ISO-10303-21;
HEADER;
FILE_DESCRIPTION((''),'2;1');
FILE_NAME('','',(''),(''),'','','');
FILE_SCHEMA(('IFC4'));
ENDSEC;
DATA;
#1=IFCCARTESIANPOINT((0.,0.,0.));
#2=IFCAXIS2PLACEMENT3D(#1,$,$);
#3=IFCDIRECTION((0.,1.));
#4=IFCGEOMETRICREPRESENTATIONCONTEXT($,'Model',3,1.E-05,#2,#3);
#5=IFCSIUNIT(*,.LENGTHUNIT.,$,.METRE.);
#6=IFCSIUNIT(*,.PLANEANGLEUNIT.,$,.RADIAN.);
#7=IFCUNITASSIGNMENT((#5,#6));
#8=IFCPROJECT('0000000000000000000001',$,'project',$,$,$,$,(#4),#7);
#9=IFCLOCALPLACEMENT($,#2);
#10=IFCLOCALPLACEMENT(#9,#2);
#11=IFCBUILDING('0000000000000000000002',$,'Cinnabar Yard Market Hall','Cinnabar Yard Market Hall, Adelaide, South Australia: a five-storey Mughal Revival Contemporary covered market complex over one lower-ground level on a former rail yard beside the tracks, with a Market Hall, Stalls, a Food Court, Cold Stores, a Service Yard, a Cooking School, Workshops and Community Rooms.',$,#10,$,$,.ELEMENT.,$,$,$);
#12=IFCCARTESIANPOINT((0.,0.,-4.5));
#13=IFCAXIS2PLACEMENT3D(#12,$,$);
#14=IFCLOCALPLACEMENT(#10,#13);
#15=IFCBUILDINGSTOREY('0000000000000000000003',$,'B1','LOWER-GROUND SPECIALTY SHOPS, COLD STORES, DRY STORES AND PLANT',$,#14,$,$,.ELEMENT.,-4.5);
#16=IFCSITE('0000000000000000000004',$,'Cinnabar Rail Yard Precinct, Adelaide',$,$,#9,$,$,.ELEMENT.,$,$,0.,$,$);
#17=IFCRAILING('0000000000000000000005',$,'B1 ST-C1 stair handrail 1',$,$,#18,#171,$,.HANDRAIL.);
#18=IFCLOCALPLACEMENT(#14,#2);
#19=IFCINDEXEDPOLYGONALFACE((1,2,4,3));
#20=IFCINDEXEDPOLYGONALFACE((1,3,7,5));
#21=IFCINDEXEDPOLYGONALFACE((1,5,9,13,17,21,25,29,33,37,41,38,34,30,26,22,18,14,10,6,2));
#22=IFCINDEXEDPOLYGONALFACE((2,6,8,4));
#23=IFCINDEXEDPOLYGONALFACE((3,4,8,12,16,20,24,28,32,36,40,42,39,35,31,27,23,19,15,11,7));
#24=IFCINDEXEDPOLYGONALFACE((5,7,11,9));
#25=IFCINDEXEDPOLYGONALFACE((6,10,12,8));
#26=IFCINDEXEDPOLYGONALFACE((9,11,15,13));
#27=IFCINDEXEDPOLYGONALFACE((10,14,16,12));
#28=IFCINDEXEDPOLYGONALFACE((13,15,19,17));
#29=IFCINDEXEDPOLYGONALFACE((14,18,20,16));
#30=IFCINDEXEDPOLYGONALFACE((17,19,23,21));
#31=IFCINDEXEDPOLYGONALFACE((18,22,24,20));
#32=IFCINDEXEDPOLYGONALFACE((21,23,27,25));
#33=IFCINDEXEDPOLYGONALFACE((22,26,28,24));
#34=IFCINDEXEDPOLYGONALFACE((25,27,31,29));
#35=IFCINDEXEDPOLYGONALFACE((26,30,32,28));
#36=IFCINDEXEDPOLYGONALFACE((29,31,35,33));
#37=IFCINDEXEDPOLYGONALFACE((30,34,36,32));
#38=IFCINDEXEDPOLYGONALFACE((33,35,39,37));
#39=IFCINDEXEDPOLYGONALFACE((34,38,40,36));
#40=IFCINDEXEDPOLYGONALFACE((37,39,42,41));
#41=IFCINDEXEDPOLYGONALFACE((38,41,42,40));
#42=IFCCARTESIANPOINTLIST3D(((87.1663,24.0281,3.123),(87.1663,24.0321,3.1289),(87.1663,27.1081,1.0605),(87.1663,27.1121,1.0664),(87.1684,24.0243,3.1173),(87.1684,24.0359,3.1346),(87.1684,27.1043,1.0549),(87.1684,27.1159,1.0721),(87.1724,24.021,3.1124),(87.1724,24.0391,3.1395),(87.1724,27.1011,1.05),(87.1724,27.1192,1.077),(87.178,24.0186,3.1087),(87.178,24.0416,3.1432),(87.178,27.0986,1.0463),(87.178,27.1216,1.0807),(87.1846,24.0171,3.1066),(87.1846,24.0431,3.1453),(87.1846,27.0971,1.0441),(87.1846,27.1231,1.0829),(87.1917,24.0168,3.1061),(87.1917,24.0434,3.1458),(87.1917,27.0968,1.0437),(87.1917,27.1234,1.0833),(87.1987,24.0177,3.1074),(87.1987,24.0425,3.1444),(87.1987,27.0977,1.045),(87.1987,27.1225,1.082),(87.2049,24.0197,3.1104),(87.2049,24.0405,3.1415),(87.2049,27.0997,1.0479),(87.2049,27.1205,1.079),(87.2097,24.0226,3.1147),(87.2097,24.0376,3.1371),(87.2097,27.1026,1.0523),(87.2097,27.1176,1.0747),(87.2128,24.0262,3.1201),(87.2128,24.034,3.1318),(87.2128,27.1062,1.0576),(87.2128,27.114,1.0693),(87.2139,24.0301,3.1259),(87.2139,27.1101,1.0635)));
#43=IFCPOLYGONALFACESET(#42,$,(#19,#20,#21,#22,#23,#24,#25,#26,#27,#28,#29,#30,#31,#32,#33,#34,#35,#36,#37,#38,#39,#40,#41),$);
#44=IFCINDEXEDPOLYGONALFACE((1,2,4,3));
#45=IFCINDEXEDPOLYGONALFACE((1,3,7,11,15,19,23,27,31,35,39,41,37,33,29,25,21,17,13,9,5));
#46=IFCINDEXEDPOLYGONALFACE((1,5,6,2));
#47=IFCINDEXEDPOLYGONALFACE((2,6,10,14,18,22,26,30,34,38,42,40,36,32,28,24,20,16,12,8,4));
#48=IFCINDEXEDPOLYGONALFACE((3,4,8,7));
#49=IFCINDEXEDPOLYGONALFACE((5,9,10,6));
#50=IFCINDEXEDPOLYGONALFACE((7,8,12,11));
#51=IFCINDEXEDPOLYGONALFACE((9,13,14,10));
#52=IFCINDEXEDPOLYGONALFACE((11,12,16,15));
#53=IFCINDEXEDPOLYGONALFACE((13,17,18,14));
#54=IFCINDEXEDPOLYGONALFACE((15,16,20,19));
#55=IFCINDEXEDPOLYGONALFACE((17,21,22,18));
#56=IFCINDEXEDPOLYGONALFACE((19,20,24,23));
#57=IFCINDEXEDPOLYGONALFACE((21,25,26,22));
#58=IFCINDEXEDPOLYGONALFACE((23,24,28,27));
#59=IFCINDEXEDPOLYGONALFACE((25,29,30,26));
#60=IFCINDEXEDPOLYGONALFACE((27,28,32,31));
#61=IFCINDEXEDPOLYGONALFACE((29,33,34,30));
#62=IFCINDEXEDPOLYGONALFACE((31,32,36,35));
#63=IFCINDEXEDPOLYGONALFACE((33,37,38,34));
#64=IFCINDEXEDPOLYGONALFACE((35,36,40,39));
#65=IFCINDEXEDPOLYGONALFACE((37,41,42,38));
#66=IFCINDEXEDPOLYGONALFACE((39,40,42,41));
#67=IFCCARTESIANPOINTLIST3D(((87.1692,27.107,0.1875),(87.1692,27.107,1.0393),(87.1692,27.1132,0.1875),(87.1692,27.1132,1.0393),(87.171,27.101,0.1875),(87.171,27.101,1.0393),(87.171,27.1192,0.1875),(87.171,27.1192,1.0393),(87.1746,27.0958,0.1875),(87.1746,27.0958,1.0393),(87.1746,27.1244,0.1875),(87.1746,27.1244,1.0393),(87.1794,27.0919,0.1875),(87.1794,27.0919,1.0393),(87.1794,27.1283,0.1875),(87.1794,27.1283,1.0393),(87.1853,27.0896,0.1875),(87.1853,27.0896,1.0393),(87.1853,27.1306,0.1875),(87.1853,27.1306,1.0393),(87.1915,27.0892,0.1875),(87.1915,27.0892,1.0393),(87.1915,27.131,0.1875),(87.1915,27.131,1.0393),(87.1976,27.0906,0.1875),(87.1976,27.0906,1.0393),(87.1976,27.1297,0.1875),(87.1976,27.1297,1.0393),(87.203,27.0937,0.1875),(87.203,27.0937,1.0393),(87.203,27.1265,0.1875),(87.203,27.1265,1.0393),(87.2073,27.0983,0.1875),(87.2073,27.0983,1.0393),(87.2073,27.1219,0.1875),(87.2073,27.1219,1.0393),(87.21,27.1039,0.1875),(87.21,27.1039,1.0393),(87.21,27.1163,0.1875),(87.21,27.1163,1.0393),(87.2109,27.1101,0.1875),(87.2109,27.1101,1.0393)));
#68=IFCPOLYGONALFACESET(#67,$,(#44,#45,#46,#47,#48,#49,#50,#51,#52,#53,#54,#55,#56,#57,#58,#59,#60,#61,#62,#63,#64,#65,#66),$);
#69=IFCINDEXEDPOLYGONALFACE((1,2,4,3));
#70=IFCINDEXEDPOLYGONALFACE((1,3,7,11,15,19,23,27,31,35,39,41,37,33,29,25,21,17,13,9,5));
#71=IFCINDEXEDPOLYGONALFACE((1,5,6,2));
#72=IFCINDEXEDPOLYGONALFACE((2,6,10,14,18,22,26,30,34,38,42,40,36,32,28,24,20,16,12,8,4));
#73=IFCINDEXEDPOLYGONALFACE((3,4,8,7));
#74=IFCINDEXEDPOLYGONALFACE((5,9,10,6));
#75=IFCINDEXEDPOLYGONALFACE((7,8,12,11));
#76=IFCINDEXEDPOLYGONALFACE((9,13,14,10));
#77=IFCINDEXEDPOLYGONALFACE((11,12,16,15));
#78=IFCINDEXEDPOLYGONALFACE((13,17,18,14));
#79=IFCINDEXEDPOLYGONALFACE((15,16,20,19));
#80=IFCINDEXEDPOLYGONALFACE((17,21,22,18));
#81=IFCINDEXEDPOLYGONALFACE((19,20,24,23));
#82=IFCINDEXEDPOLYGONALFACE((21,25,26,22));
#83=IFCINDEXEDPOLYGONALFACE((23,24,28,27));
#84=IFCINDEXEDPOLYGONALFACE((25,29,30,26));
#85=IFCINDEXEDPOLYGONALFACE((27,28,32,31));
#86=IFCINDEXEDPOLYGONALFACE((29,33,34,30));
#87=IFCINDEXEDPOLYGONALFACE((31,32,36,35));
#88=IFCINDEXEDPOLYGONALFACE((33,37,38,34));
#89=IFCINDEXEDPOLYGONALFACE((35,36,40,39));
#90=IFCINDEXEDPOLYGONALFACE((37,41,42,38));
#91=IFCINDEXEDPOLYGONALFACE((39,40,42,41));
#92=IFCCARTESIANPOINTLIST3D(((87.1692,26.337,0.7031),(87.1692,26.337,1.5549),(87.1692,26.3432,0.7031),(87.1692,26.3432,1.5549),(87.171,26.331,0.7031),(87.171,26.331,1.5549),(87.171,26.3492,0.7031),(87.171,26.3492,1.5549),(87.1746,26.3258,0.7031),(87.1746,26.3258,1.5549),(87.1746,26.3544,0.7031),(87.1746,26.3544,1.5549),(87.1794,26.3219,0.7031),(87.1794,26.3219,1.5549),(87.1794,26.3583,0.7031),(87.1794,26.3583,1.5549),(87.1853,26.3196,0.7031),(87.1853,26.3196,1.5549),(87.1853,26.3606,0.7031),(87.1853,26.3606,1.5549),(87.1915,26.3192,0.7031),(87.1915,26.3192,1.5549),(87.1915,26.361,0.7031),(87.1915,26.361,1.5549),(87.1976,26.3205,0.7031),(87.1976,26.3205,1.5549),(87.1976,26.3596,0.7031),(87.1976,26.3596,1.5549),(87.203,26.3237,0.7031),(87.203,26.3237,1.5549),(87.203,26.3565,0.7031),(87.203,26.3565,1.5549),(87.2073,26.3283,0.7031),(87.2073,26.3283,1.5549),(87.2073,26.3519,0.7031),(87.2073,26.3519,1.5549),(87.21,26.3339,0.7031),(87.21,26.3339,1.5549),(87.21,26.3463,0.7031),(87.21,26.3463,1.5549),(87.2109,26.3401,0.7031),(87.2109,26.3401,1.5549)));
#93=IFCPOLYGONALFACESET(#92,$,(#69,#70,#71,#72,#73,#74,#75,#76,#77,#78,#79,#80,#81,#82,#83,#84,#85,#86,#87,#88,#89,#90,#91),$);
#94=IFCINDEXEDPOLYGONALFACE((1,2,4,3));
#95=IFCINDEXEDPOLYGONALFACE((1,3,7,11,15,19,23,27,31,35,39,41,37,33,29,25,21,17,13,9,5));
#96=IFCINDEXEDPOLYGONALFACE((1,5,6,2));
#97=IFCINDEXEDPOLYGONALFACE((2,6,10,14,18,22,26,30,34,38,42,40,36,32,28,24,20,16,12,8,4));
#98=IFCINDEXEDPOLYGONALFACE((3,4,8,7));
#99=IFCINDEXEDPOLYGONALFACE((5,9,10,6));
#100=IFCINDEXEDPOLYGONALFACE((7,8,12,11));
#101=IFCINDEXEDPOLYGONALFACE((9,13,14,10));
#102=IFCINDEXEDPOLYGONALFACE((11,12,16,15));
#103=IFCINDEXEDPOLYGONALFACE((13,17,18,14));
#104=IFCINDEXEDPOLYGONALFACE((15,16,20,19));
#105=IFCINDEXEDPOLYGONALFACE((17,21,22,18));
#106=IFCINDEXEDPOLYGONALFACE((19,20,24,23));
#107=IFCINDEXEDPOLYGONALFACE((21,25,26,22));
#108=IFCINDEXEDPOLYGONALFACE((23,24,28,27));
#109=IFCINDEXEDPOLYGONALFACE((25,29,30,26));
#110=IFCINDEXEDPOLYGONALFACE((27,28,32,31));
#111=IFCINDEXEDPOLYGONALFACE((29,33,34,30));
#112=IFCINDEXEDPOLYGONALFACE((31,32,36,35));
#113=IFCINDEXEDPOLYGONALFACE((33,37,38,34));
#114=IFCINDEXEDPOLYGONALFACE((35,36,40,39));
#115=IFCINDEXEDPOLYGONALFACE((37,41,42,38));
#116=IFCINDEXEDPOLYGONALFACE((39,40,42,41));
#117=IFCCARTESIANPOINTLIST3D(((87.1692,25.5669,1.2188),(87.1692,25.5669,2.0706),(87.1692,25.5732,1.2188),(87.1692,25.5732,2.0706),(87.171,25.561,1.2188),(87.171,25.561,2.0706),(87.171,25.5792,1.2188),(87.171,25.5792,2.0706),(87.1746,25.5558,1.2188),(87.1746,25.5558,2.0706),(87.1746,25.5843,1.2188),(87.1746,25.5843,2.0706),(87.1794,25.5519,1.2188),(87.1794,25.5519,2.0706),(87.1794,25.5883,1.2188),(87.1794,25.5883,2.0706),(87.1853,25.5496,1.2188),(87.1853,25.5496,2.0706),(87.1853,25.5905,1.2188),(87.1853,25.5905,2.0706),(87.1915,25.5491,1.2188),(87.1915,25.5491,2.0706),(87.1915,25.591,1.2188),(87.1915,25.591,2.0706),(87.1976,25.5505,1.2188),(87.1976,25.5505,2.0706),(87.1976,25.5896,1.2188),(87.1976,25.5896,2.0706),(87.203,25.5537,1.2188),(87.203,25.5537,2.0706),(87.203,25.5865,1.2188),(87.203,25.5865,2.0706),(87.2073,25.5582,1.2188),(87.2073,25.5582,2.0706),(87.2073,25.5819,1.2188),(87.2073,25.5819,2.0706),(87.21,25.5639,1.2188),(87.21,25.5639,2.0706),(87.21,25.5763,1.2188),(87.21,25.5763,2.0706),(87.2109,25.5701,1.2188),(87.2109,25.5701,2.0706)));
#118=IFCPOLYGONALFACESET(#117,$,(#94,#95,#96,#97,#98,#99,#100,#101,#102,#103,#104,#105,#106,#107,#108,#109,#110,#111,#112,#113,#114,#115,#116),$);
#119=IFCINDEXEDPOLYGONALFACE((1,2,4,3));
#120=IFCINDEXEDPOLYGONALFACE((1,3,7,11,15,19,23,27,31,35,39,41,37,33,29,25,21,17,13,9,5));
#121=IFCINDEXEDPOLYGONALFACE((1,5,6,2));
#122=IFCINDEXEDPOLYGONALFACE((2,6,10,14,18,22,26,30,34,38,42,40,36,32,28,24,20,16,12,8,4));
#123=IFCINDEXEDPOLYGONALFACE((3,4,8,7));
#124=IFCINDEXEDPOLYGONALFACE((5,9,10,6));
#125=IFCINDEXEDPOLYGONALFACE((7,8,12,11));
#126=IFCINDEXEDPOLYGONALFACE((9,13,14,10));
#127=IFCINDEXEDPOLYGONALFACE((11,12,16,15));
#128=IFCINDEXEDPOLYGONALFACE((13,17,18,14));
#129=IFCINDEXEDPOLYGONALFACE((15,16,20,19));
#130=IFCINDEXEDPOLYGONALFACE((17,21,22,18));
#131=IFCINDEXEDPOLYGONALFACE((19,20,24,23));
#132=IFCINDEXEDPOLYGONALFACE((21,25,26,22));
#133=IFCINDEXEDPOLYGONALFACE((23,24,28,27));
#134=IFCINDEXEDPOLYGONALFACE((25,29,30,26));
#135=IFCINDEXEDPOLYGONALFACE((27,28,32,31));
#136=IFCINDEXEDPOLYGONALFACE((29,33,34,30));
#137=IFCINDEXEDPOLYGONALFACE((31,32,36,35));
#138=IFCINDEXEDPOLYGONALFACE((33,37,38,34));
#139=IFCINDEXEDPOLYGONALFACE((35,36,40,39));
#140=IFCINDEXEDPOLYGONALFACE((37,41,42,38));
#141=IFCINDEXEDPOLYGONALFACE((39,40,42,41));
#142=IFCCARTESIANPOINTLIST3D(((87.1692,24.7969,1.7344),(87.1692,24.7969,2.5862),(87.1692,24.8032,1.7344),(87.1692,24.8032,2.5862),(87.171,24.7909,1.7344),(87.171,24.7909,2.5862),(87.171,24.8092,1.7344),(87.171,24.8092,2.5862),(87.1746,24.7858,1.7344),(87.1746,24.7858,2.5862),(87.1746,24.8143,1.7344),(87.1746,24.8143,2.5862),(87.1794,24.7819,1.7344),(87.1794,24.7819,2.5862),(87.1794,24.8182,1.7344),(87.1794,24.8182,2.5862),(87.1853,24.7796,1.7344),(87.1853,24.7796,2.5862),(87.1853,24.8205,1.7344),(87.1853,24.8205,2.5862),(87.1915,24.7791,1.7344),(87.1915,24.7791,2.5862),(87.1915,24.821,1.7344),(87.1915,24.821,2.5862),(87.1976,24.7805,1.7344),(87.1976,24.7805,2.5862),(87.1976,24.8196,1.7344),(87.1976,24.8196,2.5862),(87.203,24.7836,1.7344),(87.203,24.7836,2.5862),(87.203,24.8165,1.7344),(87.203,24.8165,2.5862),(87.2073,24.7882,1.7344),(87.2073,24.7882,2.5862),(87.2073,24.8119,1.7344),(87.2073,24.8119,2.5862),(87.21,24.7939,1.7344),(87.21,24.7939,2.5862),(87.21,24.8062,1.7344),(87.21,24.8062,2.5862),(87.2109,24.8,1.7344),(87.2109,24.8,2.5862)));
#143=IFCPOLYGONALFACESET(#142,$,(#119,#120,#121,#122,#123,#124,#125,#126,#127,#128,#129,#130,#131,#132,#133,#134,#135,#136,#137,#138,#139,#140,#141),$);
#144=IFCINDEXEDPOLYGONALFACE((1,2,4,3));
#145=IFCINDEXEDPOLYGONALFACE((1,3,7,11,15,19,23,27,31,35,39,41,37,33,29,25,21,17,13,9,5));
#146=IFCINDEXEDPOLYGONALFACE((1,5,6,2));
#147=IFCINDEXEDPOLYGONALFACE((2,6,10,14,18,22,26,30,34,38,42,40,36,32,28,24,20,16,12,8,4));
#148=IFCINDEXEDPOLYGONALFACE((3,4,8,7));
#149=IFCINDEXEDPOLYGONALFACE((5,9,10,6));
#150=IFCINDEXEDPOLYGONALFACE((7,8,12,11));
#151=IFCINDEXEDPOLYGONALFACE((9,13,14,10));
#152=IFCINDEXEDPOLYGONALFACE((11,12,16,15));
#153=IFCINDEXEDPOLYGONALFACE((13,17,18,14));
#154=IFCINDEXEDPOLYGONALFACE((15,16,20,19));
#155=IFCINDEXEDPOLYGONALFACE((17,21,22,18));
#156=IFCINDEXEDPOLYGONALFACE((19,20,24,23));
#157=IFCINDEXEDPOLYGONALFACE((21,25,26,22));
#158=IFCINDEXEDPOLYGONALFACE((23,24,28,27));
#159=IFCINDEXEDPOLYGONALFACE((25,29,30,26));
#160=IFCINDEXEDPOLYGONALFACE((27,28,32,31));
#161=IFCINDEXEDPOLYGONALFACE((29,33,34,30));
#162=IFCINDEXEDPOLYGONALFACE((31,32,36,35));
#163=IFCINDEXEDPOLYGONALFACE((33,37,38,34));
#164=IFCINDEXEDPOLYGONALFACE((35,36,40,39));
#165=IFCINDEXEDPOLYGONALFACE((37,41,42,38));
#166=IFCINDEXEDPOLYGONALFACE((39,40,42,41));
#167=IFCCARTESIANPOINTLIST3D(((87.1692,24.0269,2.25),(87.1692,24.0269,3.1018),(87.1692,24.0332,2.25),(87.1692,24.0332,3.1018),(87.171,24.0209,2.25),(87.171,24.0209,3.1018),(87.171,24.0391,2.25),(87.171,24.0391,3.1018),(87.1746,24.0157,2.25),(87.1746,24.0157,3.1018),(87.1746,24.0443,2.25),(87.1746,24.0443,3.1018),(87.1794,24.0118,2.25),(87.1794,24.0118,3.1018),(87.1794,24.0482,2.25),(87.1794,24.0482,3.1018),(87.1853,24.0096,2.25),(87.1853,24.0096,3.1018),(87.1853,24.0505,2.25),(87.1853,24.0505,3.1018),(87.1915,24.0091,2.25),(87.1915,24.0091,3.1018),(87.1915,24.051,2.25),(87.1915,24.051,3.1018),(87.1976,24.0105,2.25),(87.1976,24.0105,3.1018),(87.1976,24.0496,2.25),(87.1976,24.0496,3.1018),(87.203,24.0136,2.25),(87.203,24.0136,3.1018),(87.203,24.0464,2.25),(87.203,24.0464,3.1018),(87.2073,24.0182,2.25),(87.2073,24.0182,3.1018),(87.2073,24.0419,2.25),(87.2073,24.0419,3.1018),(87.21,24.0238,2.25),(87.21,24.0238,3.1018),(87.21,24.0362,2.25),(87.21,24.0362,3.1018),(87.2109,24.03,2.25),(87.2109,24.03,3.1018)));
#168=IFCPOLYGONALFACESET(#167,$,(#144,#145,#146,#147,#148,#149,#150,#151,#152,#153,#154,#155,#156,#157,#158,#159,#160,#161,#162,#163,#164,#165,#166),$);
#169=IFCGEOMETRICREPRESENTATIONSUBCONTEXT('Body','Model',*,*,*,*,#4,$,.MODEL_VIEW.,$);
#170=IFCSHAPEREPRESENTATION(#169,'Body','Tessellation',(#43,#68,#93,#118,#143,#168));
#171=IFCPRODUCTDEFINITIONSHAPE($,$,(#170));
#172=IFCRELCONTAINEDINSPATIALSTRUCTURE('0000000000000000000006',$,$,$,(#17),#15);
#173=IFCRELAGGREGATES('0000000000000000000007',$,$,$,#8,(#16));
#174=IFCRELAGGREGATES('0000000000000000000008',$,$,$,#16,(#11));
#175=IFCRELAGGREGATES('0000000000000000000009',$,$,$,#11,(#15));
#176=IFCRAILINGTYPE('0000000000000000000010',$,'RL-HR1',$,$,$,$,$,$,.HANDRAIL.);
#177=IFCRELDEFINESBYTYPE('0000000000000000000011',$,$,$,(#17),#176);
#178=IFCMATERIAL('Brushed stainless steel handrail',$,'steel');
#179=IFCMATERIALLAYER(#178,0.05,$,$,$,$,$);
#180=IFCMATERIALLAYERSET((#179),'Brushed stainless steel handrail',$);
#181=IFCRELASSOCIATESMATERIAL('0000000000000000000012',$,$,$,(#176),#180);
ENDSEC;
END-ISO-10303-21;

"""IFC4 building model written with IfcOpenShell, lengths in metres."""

from ifc_helpers import new_model, si_unit, direction, frame, origin, origin_2d_with_axis, place, context, subcontext, project, spatial, circle, extrude, material, layer, layer_set, type_object, element, save


model = new_model("IFC4")

# Units and contexts
model_context = context("Model", 3, precision=1e-05, world=origin(), true_north=direction((0.0, 1.0)))
body_context = subcontext(model_context, "Body", "Model", "MODEL_VIEW")
ifc_project = project(units=[si_unit("LENGTHUNIT", "METRE"), si_unit("PLANEANGLEUNIT", "RADIAN")], contexts=[model_context])

# Site, building, storey
site_placement = place(None, origin())
site = spatial("IfcSite", under=ifc_project, at=site_placement, Name="Cinnabar Rail Yard Precinct, Adelaide", CompositionType="ELEMENT", RefElevation=0.0)
building_placement = place(site_placement, origin())
building = spatial("IfcBuilding", under=site, at=building_placement, Name="Cinnabar Yard Market Hall", Description="Cinnabar Yard Market Hall, Adelaide, South Australia: a five-storey Mughal Revival Contemporary covered market complex over one lower-ground level on a former rail yard beside the tracks, with a Market Hall, Stalls, a Food Court, Cold Stores, a Service Yard, a Cooking School, Workshops and Community Rooms.", CompositionType="ELEMENT")
storey_placement = place(building_placement, frame((0.0, 0.0, -4.5)))
storey = spatial("IfcBuildingStorey", under=building, at=storey_placement, Name="B1", Description="LOWER-GROUND SPECIALTY SHOPS, COLD STORES, DRY STORES AND PLANT", CompositionType="ELEMENT", Elevation=-4.5)

# Railing
ifc_material_1 = material(Name="Brushed stainless steel handrail", Category="steel")
ifc_layer_1 = layer(ifc_material_1, 0.05)
ifc_layer_set_1 = layer_set([ifc_layer_1], Name="Brushed stainless steel handrail")
railing_type_1 = type_object("IfcRailingType", Name="RL-HR1", PredefinedType="HANDRAIL", material=ifc_layer_set_1)
railing_1_placement = place(storey_placement, frame((87.1899, 27.1101, 0.1875)))
element("IfcRailing", 1, at=railing_1_placement, inside=storey, type_object=railing_type_1, Name="B1 ST-C1 stair handrail 1", PredefinedType="HANDRAIL", context=body_context, shape_type="SweptSolid", body=[
    extrude(circle(Radius=0.0239, at=origin_2d_with_axis()), frame((0.0, 0.0, 0.876), z_axis=(0.0, -0.830914, 0.556401), x_axis=(1.0, 0.0, 0.0)), (0.0, 0.0, 1.0), 3.7068),
    extrude(circle(Radius=0.021, at=origin_2d_with_axis()), origin(), (0.0, 0.0, 1.0), 0.8518),
    extrude(circle(Radius=0.021, at=origin_2d_with_axis()), frame((0.0, -0.77, 0.5156)), (0.0, 0.0, 1.0), 0.8518),
    extrude(circle(Radius=0.021, at=origin_2d_with_axis()), frame((0.0, -1.54, 1.0312)), (0.0, 0.0, 1.0), 0.8518),
    extrude(circle(Radius=0.021, at=origin_2d_with_axis()), frame((0.0, -2.3101, 1.5469)), (0.0, 0.0, 1.0), 0.8518),
    extrude(circle(Radius=0.021, at=origin_2d_with_axis()), frame((0.0, -3.0801, 2.0625)), (0.0, 0.0, 1.0), 0.8518),
])

save(model, "model.ifc")
